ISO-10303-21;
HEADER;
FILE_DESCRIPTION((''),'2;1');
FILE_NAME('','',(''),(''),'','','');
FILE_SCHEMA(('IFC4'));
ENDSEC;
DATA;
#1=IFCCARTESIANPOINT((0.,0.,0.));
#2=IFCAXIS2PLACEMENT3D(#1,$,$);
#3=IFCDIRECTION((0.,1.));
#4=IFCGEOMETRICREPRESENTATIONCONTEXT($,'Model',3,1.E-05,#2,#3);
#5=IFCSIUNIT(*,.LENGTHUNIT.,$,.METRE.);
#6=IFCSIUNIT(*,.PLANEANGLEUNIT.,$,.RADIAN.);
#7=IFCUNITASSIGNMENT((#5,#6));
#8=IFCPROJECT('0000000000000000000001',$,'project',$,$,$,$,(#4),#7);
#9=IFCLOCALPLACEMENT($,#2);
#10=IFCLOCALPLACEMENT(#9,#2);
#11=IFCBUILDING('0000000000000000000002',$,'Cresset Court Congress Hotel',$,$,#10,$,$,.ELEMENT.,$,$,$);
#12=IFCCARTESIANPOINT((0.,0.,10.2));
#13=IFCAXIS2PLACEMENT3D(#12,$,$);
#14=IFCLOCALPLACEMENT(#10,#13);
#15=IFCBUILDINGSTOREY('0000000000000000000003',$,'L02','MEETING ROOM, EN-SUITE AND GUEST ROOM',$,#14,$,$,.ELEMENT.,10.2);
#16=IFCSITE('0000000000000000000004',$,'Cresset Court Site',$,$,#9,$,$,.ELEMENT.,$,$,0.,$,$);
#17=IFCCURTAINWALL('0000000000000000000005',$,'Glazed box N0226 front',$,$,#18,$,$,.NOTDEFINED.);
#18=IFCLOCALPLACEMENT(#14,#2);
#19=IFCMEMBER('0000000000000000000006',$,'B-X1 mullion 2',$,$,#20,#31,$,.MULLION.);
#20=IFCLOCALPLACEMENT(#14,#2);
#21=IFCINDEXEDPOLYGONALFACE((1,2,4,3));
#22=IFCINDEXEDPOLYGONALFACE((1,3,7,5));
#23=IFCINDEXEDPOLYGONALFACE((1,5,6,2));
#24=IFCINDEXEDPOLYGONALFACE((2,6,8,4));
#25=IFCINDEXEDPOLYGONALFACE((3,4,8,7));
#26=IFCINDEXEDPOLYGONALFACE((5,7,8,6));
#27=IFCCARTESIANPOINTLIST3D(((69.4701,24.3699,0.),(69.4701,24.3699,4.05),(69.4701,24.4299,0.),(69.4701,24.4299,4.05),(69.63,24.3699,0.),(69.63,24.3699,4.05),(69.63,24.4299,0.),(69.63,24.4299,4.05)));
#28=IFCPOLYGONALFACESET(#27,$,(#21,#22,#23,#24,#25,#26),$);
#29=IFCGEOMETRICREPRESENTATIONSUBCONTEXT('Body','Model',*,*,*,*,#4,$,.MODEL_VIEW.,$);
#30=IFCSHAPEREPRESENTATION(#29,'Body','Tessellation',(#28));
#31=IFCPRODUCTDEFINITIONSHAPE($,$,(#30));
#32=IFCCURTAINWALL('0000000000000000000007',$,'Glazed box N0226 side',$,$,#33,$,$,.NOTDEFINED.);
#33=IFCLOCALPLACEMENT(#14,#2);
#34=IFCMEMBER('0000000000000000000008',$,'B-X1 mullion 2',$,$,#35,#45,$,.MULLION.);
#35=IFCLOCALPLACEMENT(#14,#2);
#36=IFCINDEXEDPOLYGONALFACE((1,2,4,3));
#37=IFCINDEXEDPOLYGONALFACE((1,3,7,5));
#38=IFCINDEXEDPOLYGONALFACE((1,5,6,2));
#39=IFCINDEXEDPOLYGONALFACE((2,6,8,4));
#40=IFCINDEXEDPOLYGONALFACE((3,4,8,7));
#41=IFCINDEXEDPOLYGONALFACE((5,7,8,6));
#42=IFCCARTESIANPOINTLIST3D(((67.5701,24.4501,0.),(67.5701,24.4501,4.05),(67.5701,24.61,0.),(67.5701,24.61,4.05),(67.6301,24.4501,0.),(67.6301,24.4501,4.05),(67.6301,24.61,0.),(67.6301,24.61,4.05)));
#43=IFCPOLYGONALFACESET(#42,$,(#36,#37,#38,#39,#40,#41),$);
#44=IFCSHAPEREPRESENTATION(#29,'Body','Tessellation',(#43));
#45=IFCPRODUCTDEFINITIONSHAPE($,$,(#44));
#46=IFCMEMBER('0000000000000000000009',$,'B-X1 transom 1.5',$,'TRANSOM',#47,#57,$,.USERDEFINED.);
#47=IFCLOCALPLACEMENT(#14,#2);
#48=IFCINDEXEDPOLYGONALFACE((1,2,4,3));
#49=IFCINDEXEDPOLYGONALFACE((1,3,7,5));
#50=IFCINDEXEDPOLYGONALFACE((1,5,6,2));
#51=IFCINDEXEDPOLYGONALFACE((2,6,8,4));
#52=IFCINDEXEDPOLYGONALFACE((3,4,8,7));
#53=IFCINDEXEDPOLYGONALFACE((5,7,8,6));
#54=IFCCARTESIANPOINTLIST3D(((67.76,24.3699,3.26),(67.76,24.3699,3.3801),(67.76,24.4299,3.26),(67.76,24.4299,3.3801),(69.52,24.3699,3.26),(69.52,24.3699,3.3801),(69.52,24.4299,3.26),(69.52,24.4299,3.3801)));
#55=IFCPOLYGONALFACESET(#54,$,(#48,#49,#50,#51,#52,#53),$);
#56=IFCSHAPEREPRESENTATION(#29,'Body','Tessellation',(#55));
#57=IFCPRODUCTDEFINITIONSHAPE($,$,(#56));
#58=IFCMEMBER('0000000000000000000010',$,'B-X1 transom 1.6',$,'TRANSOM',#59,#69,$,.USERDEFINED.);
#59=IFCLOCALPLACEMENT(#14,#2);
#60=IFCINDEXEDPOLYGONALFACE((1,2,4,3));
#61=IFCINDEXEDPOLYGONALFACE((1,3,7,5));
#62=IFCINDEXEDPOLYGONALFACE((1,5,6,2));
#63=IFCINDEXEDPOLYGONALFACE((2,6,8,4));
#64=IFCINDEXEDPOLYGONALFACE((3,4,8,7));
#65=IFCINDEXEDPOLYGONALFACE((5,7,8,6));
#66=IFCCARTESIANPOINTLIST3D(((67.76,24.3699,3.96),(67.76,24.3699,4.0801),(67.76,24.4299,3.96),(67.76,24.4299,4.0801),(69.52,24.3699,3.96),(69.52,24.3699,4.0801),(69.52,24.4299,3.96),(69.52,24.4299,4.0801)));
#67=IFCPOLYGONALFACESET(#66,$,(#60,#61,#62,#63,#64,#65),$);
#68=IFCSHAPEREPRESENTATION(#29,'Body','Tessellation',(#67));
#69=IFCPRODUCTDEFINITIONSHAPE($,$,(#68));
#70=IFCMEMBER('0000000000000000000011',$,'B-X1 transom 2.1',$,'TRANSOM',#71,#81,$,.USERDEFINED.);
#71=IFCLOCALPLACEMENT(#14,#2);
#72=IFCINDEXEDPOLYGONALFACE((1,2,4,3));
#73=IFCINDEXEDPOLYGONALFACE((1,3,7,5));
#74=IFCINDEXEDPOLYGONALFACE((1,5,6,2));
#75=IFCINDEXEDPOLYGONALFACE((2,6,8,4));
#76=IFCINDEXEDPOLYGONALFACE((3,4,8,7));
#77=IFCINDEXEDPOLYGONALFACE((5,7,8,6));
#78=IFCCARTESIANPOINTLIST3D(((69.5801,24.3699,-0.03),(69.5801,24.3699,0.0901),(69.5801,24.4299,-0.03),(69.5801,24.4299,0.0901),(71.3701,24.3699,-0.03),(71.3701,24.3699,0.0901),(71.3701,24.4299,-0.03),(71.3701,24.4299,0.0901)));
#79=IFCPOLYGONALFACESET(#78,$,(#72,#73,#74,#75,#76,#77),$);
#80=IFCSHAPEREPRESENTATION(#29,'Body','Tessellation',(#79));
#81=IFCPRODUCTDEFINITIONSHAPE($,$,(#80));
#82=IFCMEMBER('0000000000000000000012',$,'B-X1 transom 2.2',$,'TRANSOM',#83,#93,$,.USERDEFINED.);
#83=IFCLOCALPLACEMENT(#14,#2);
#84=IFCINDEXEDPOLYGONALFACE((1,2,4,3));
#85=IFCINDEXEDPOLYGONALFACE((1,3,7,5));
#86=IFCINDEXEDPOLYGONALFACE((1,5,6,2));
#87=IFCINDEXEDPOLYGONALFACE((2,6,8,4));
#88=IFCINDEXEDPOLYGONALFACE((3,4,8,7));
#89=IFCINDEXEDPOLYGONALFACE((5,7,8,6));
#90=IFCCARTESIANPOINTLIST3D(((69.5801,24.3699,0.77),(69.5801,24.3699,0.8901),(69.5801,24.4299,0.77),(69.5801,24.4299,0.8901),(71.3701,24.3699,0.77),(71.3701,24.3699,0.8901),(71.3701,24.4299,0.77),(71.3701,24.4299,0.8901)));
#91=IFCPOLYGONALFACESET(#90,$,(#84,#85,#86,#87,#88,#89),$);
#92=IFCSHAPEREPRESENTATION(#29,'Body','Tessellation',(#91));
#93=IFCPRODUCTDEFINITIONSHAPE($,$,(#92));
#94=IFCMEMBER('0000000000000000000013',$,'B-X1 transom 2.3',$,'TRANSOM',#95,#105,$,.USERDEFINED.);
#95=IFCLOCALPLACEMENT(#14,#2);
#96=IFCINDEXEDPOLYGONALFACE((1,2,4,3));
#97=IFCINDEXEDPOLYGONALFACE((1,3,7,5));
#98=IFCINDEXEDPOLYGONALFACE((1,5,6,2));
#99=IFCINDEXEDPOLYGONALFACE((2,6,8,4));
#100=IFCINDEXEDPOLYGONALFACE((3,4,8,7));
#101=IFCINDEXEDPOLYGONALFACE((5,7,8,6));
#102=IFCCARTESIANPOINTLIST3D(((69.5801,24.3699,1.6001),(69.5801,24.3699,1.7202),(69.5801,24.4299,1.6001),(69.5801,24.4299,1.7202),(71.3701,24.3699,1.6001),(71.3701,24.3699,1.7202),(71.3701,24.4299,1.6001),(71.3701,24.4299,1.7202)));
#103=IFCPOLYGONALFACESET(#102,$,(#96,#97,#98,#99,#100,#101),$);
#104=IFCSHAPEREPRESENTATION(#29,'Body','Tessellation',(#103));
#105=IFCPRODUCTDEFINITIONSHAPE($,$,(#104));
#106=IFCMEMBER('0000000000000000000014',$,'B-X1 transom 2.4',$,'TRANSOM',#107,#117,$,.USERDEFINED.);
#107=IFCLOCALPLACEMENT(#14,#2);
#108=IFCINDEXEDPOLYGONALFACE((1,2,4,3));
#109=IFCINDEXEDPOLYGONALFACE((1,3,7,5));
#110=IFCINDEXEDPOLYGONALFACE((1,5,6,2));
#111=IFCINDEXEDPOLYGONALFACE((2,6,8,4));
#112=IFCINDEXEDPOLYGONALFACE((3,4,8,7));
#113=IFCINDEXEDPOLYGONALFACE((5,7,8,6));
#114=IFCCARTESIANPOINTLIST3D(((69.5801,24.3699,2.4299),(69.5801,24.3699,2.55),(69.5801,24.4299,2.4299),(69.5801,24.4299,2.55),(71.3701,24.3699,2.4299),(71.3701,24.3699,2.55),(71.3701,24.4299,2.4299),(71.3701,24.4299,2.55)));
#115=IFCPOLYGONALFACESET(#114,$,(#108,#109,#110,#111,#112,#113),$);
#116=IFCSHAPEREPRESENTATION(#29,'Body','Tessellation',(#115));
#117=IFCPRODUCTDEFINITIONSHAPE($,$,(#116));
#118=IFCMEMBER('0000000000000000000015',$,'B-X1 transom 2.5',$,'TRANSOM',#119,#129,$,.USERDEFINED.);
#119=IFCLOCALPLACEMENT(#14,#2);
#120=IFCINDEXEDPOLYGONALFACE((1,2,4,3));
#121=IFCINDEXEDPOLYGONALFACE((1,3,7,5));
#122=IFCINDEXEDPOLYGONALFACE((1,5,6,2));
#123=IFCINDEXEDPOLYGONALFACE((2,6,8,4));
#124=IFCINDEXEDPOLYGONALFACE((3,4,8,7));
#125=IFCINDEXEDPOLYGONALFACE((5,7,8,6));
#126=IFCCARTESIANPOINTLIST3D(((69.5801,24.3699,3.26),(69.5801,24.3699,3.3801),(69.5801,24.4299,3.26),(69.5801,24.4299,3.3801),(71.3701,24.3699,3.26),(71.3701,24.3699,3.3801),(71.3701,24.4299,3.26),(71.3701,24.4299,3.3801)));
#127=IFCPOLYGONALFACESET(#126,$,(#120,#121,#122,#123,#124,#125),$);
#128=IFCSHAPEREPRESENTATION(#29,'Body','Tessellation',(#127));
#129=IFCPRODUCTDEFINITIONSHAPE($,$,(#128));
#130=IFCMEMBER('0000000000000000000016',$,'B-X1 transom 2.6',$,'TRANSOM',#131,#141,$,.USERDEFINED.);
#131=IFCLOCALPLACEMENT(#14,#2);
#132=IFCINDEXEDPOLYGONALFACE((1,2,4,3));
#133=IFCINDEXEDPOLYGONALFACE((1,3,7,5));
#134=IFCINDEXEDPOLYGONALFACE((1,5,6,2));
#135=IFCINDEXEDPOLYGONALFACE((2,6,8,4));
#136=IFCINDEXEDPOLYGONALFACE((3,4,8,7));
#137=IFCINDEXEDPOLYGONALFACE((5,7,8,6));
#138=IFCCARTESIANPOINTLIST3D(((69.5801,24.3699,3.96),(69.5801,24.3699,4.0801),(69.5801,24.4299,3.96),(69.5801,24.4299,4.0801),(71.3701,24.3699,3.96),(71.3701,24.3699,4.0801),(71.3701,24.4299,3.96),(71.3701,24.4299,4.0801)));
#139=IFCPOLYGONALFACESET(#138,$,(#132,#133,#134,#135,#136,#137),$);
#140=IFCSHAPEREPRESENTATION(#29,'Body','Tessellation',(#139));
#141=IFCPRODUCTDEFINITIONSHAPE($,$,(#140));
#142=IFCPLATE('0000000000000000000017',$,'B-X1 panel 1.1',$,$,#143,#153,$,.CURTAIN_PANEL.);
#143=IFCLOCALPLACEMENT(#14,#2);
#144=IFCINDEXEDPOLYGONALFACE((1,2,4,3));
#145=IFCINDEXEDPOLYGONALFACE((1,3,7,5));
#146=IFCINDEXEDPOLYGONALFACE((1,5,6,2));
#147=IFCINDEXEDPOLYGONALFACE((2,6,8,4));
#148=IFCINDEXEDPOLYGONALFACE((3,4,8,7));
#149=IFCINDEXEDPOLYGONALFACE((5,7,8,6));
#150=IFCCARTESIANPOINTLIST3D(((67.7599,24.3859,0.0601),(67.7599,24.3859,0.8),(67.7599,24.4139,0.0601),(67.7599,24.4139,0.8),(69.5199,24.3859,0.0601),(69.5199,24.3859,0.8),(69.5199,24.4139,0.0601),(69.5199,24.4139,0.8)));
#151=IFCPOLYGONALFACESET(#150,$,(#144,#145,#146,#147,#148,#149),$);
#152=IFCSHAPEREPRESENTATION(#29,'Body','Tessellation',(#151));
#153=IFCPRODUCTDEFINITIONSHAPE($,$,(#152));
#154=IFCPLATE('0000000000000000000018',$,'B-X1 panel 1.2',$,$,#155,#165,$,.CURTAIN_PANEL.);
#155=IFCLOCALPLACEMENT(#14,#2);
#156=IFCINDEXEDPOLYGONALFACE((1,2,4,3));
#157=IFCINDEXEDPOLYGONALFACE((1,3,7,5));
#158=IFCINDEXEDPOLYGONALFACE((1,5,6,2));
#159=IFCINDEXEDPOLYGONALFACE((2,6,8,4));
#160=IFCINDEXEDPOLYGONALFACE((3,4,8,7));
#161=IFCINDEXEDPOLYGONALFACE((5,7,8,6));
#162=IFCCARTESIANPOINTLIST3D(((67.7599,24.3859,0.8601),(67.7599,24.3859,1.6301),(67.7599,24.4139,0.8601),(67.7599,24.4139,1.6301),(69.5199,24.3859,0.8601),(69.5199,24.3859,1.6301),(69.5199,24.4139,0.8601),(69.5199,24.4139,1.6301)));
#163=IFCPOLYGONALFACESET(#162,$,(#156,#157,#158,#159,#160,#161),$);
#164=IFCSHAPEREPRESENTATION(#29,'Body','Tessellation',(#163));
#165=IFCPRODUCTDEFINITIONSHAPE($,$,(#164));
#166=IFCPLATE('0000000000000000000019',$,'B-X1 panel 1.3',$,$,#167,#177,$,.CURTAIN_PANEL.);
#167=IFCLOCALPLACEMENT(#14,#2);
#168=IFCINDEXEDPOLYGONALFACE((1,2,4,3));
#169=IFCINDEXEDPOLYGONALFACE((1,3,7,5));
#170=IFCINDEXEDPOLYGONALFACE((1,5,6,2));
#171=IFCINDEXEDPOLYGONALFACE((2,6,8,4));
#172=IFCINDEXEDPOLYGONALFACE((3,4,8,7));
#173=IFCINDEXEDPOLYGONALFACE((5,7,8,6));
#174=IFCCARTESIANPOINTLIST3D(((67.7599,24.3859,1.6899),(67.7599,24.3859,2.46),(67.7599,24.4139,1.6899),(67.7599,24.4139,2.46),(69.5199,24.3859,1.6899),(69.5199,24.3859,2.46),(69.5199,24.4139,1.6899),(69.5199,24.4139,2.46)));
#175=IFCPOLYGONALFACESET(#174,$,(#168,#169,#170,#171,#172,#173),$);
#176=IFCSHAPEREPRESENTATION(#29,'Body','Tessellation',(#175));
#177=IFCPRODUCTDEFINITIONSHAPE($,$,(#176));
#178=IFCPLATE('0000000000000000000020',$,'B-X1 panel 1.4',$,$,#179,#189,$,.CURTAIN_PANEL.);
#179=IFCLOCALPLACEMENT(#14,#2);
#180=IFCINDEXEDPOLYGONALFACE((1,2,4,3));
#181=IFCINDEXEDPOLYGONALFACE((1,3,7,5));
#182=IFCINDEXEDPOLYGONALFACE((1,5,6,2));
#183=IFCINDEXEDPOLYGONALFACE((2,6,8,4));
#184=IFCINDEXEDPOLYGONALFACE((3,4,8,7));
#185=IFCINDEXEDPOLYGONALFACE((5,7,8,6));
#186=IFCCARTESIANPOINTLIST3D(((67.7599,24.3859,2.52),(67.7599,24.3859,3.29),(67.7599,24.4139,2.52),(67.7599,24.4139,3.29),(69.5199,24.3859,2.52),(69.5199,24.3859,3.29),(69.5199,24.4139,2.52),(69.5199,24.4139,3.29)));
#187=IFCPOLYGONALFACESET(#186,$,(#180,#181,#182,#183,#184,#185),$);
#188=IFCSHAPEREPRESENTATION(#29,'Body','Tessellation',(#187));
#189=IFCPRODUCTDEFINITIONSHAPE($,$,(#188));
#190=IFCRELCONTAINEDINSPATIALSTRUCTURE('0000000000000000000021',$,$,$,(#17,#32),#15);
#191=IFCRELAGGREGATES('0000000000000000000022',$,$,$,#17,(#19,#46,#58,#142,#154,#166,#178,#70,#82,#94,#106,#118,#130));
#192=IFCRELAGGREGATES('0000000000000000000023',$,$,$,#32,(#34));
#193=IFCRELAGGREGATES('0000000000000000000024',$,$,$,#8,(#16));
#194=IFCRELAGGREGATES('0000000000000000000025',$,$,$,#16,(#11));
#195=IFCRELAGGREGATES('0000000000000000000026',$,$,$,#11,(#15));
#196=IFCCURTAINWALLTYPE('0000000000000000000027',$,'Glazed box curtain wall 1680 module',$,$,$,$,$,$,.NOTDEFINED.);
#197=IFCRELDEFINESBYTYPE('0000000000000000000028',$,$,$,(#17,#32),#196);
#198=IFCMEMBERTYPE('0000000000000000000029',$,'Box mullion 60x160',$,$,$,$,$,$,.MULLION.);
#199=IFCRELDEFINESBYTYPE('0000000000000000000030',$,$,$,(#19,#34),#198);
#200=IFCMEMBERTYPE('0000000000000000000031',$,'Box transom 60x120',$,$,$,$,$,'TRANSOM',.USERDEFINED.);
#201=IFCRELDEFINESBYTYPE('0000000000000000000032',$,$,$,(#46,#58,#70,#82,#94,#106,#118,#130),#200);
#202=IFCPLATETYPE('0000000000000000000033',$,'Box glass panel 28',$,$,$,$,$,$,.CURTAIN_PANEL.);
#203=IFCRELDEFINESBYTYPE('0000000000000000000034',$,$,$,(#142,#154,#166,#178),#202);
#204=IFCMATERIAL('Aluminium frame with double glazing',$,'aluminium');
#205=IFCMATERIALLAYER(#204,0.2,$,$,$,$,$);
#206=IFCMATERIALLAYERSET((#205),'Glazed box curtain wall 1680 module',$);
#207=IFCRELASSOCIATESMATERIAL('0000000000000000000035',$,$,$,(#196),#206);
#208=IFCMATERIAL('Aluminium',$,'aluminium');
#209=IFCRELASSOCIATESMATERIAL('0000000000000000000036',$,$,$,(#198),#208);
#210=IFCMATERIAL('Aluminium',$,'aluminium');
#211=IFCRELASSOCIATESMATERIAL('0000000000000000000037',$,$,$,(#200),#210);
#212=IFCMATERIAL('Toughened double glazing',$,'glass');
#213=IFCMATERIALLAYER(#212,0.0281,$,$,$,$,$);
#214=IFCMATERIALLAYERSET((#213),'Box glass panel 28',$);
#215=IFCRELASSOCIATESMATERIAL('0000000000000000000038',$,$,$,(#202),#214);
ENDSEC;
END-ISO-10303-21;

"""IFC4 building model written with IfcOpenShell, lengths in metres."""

from ifc_helpers import new_model, si_unit, direction, frame, origin, origin_2d, place, context, subcontext, project, spatial, rectangle, extrude, material, layer, layer_set, material_profile, profile_set, type_object, element, aggregate, save


model = new_model("IFC4")

# Units and contexts
model_context = context("Model", 3, precision=1e-05, world=origin(), true_north=direction((0.0, 1.0)))
body_context = subcontext(model_context, "Body", "Model", "MODEL_VIEW")
ifc_project = project(units=[si_unit("LENGTHUNIT", "METRE"), si_unit("PLANEANGLEUNIT", "RADIAN")], contexts=[model_context])

# Site, building, storey
site_placement = place(None, origin())
site = spatial("IfcSite", under=ifc_project, at=site_placement, Name="Cresset Court Site", CompositionType="ELEMENT", RefElevation=0.0)
building_placement = place(site_placement, origin())
building = spatial("IfcBuilding", under=site, at=building_placement, Name="Cresset Court Congress Hotel", CompositionType="ELEMENT")
storey_placement = place(building_placement, frame((0.0, 0.0, 10.2)))
storey = spatial("IfcBuildingStorey", under=building, at=storey_placement, Name="L02", Description="MEETING ROOM, EN-SUITE AND GUEST ROOM", CompositionType="ELEMENT", Elevation=10.2)

# Curtain walls, members
ifc_material_1 = material(Name="Aluminium frame with double glazing", Category="aluminium")
ifc_layer_1 = layer(ifc_material_1, 0.2)
ifc_layer_set_1 = layer_set([ifc_layer_1], Name="Glazed box curtain wall 1680 module")
curtain_wall_type = type_object("IfcCurtainWallType", Name="Glazed box curtain wall 1680 module", PredefinedType="NOTDEFINED", material=ifc_layer_set_1)
curtain_wall_1_placement = place(storey_placement, origin())
curtain_wall_1 = element("IfcCurtainWall", 1, at=curtain_wall_1_placement, inside=storey, type_object=curtain_wall_type, Name="Glazed box N0226 front", PredefinedType="NOTDEFINED")
ifc_material_2 = material(Name="Aluminium", Category="aluminium")
ifc_material_profile_1 = material_profile(ifc_material_2, rectangle(XDim=0.0601, YDim=0.1599, at=origin_2d()), Name="Box mullion 60x160")
ifc_profile_set_1 = profile_set([ifc_material_profile_1], Name="Aluminium")
member_type_1 = type_object("IfcMemberType", Name="Box mullion 60x160", PredefinedType="MULLION", material=ifc_profile_set_1)
member_1_placement = place(storey_placement, frame((69.55, 24.3999, 0.0), z_axis=(0.0, 0.0, 1.0), x_axis=(0.0, 1.0, 0.0)))
member_1 = element("IfcMember", 2, at=member_1_placement, type_object=member_type_1, Name="B-X1 mullion 2", PredefinedType="MULLION", context=body_context, shape_type="SweptSolid", body=[
    extrude(rectangle(XDim=0.0601, YDim=0.1599, at=origin_2d()), origin(), (0.0, 0.0, 1.0), 4.05),
])
curtain_wall_2_placement = place(storey_placement, origin())
curtain_wall_2 = element("IfcCurtainWall", 3, at=curtain_wall_2_placement, inside=storey, type_object=curtain_wall_type, Name="Glazed box N0226 side", PredefinedType="NOTDEFINED")
member_2_placement = place(storey_placement, frame((67.6001, 24.53, 0.0), z_axis=(0.0, 0.0, 1.0), x_axis=(1.0, 0.0, 0.0)))
member_2 = element("IfcMember", 4, at=member_2_placement, type_object=member_type_1, Name="B-X1 mullion 2", PredefinedType="MULLION", context=body_context, shape_type="SweptSolid", body=[
    extrude(rectangle(XDim=0.0601, YDim=0.1599, at=origin_2d()), origin(), (0.0, 0.0, 1.0), 4.05),
])

# Members
ifc_material_3 = material(Name="Aluminium", Category="aluminium")
ifc_material_profile_2 = material_profile(ifc_material_3, rectangle(XDim=0.0601, YDim=0.1201, at=origin_2d()), Name="Box transom 60x120")
ifc_profile_set_2 = profile_set([ifc_material_profile_2], Name="Aluminium")
member_type_2 = type_object("IfcMemberType", Name="Box transom 60x120", ElementType="TRANSOM", PredefinedType="USERDEFINED", material=ifc_profile_set_2)
member_3_placement = place(storey_placement, frame((67.76, 24.3999, 3.3201), z_axis=(1.0, 0.0, 0.0), x_axis=(0.0, 1.0, 0.0)))
member_3 = element("IfcMember", 5, at=member_3_placement, type_object=member_type_2, Name="B-X1 transom 1.5", ObjectType="TRANSOM", PredefinedType="USERDEFINED", context=body_context, shape_type="SweptSolid", body=[
    extrude(rectangle(XDim=0.0601, YDim=0.1201, at=origin_2d()), origin(), (0.0, 0.0, 1.0), 1.76),
])
member_4_placement = place(storey_placement, frame((67.76, 24.3999, 4.02), z_axis=(1.0, 0.0, 0.0), x_axis=(0.0, 1.0, 0.0)))
member_4 = element("IfcMember", 6, at=member_4_placement, type_object=member_type_2, Name="B-X1 transom 1.6", ObjectType="TRANSOM", PredefinedType="USERDEFINED", context=body_context, shape_type="SweptSolid", body=[
    extrude(rectangle(XDim=0.0601, YDim=0.1201, at=origin_2d()), origin(), (0.0, 0.0, 1.0), 1.76),
])
member_5_placement = place(storey_placement, frame((69.5801, 24.3999, 0.03), z_axis=(1.0, 0.0, 0.0), x_axis=(0.0, 1.0, 0.0)))
member_5 = element("IfcMember", 7, at=member_5_placement, type_object=member_type_2, Name="B-X1 transom 2.1", ObjectType="TRANSOM", PredefinedType="USERDEFINED", context=body_context, shape_type="SweptSolid", body=[
    extrude(rectangle(XDim=0.0601, YDim=0.1201, at=origin_2d()), origin(), (0.0, 0.0, 1.0), 1.79),
])
member_6_placement = place(storey_placement, frame((69.5801, 24.3999, 0.8301), z_axis=(1.0, 0.0, 0.0), x_axis=(0.0, 1.0, 0.0)))
member_6 = element("IfcMember", 8, at=member_6_placement, type_object=member_type_2, Name="B-X1 transom 2.2", ObjectType="TRANSOM", PredefinedType="USERDEFINED", context=body_context, shape_type="SweptSolid", body=[
    extrude(rectangle(XDim=0.0601, YDim=0.1201, at=origin_2d()), origin(), (0.0, 0.0, 1.0), 1.79),
])
member_7_placement = place(storey_placement, frame((69.5801, 24.3999, 1.6602), z_axis=(1.0, 0.0, 0.0), x_axis=(0.0, 1.0, 0.0)))
member_7 = element("IfcMember", 9, at=member_7_placement, type_object=member_type_2, Name="B-X1 transom 2.3", ObjectType="TRANSOM", PredefinedType="USERDEFINED", context=body_context, shape_type="SweptSolid", body=[
    extrude(rectangle(XDim=0.0601, YDim=0.1201, at=origin_2d()), origin(), (0.0, 0.0, 1.0), 1.79),
])
member_8_placement = place(storey_placement, frame((69.5801, 24.3999, 2.49), z_axis=(1.0, 0.0, 0.0), x_axis=(0.0, 1.0, 0.0)))
member_8 = element("IfcMember", 10, at=member_8_placement, type_object=member_type_2, Name="B-X1 transom 2.4", ObjectType="TRANSOM", PredefinedType="USERDEFINED", context=body_context, shape_type="SweptSolid", body=[
    extrude(rectangle(XDim=0.0601, YDim=0.1201, at=origin_2d()), origin(), (0.0, 0.0, 1.0), 1.79),
])
member_9_placement = place(storey_placement, frame((69.5801, 24.3999, 3.3201), z_axis=(1.0, 0.0, 0.0), x_axis=(0.0, 1.0, 0.0)))
member_9 = element("IfcMember", 11, at=member_9_placement, type_object=member_type_2, Name="B-X1 transom 2.5", ObjectType="TRANSOM", PredefinedType="USERDEFINED", context=body_context, shape_type="SweptSolid", body=[
    extrude(rectangle(XDim=0.0601, YDim=0.1201, at=origin_2d()), origin(), (0.0, 0.0, 1.0), 1.79),
])
member_10_placement = place(storey_placement, frame((69.5801, 24.3999, 4.02), z_axis=(1.0, 0.0, 0.0), x_axis=(0.0, 1.0, 0.0)))
member_10 = element("IfcMember", 12, at=member_10_placement, type_object=member_type_2, Name="B-X1 transom 2.6", ObjectType="TRANSOM", PredefinedType="USERDEFINED", context=body_context, shape_type="SweptSolid", body=[
    extrude(rectangle(XDim=0.0601, YDim=0.1201, at=origin_2d()), origin(), (0.0, 0.0, 1.0), 1.79),
])

# Plates
ifc_material_4 = material(Name="Toughened double glazing", Category="glass")
ifc_layer_2 = layer(ifc_material_4, 0.0281)
ifc_layer_set_2 = layer_set([ifc_layer_2], Name="Box glass panel 28")
plate_type_1 = type_object("IfcPlateType", Name="Box glass panel 28", PredefinedType="CURTAIN_PANEL", material=ifc_layer_set_2)
plate_1_placement = place(storey_placement, frame((68.6399, 24.3999, 0.0601), z_axis=(0.0, 0.0, 1.0), x_axis=(1.0, 0.0, 0.0)))
plate_1 = element("IfcPlate", 13, at=plate_1_placement, type_object=plate_type_1, Name="B-X1 panel 1.1", PredefinedType="CURTAIN_PANEL", context=body_context, shape_type="SweptSolid", body=[
    extrude(rectangle(XDim=1.76, YDim=0.0281, at=origin_2d()), origin(), (0.0, 0.0, 1.0), 0.74),
])
plate_2_placement = place(storey_placement, frame((68.6399, 24.3999, 0.8601), z_axis=(0.0, 0.0, 1.0), x_axis=(1.0, 0.0, 0.0)))
plate_2 = element("IfcPlate", 14, at=plate_2_placement, type_object=plate_type_1, Name="B-X1 panel 1.2", PredefinedType="CURTAIN_PANEL", context=body_context, shape_type="SweptSolid", body=[
    extrude(rectangle(XDim=1.76, YDim=0.0281, at=origin_2d()), origin(), (0.0, 0.0, 1.0), 0.77),
])
plate_3_placement = place(storey_placement, frame((68.6399, 24.3999, 1.6899), z_axis=(0.0, 0.0, 1.0), x_axis=(1.0, 0.0, 0.0)))
plate_3 = element("IfcPlate", 15, at=plate_3_placement, type_object=plate_type_1, Name="B-X1 panel 1.3", PredefinedType="CURTAIN_PANEL", context=body_context, shape_type="SweptSolid", body=[
    extrude(rectangle(XDim=1.76, YDim=0.0281, at=origin_2d()), origin(), (0.0, 0.0, 1.0), 0.77),
])
plate_4_placement = place(storey_placement, frame((68.6399, 24.3999, 2.52), z_axis=(0.0, 0.0, 1.0), x_axis=(1.0, 0.0, 0.0)))
plate_4 = element("IfcPlate", 16, at=plate_4_placement, type_object=plate_type_1, Name="B-X1 panel 1.4", PredefinedType="CURTAIN_PANEL", context=body_context, shape_type="SweptSolid", body=[
    extrude(rectangle(XDim=1.76, YDim=0.0281, at=origin_2d()), origin(), (0.0, 0.0, 1.0), 0.77),
])
aggregate(curtain_wall_1, [member_1, member_3, member_4, plate_1, plate_2, plate_3, plate_4, member_5, member_6, member_7, member_8, member_9, member_10])
aggregate(curtain_wall_2, [member_2])

save(model, "model.ifc")
